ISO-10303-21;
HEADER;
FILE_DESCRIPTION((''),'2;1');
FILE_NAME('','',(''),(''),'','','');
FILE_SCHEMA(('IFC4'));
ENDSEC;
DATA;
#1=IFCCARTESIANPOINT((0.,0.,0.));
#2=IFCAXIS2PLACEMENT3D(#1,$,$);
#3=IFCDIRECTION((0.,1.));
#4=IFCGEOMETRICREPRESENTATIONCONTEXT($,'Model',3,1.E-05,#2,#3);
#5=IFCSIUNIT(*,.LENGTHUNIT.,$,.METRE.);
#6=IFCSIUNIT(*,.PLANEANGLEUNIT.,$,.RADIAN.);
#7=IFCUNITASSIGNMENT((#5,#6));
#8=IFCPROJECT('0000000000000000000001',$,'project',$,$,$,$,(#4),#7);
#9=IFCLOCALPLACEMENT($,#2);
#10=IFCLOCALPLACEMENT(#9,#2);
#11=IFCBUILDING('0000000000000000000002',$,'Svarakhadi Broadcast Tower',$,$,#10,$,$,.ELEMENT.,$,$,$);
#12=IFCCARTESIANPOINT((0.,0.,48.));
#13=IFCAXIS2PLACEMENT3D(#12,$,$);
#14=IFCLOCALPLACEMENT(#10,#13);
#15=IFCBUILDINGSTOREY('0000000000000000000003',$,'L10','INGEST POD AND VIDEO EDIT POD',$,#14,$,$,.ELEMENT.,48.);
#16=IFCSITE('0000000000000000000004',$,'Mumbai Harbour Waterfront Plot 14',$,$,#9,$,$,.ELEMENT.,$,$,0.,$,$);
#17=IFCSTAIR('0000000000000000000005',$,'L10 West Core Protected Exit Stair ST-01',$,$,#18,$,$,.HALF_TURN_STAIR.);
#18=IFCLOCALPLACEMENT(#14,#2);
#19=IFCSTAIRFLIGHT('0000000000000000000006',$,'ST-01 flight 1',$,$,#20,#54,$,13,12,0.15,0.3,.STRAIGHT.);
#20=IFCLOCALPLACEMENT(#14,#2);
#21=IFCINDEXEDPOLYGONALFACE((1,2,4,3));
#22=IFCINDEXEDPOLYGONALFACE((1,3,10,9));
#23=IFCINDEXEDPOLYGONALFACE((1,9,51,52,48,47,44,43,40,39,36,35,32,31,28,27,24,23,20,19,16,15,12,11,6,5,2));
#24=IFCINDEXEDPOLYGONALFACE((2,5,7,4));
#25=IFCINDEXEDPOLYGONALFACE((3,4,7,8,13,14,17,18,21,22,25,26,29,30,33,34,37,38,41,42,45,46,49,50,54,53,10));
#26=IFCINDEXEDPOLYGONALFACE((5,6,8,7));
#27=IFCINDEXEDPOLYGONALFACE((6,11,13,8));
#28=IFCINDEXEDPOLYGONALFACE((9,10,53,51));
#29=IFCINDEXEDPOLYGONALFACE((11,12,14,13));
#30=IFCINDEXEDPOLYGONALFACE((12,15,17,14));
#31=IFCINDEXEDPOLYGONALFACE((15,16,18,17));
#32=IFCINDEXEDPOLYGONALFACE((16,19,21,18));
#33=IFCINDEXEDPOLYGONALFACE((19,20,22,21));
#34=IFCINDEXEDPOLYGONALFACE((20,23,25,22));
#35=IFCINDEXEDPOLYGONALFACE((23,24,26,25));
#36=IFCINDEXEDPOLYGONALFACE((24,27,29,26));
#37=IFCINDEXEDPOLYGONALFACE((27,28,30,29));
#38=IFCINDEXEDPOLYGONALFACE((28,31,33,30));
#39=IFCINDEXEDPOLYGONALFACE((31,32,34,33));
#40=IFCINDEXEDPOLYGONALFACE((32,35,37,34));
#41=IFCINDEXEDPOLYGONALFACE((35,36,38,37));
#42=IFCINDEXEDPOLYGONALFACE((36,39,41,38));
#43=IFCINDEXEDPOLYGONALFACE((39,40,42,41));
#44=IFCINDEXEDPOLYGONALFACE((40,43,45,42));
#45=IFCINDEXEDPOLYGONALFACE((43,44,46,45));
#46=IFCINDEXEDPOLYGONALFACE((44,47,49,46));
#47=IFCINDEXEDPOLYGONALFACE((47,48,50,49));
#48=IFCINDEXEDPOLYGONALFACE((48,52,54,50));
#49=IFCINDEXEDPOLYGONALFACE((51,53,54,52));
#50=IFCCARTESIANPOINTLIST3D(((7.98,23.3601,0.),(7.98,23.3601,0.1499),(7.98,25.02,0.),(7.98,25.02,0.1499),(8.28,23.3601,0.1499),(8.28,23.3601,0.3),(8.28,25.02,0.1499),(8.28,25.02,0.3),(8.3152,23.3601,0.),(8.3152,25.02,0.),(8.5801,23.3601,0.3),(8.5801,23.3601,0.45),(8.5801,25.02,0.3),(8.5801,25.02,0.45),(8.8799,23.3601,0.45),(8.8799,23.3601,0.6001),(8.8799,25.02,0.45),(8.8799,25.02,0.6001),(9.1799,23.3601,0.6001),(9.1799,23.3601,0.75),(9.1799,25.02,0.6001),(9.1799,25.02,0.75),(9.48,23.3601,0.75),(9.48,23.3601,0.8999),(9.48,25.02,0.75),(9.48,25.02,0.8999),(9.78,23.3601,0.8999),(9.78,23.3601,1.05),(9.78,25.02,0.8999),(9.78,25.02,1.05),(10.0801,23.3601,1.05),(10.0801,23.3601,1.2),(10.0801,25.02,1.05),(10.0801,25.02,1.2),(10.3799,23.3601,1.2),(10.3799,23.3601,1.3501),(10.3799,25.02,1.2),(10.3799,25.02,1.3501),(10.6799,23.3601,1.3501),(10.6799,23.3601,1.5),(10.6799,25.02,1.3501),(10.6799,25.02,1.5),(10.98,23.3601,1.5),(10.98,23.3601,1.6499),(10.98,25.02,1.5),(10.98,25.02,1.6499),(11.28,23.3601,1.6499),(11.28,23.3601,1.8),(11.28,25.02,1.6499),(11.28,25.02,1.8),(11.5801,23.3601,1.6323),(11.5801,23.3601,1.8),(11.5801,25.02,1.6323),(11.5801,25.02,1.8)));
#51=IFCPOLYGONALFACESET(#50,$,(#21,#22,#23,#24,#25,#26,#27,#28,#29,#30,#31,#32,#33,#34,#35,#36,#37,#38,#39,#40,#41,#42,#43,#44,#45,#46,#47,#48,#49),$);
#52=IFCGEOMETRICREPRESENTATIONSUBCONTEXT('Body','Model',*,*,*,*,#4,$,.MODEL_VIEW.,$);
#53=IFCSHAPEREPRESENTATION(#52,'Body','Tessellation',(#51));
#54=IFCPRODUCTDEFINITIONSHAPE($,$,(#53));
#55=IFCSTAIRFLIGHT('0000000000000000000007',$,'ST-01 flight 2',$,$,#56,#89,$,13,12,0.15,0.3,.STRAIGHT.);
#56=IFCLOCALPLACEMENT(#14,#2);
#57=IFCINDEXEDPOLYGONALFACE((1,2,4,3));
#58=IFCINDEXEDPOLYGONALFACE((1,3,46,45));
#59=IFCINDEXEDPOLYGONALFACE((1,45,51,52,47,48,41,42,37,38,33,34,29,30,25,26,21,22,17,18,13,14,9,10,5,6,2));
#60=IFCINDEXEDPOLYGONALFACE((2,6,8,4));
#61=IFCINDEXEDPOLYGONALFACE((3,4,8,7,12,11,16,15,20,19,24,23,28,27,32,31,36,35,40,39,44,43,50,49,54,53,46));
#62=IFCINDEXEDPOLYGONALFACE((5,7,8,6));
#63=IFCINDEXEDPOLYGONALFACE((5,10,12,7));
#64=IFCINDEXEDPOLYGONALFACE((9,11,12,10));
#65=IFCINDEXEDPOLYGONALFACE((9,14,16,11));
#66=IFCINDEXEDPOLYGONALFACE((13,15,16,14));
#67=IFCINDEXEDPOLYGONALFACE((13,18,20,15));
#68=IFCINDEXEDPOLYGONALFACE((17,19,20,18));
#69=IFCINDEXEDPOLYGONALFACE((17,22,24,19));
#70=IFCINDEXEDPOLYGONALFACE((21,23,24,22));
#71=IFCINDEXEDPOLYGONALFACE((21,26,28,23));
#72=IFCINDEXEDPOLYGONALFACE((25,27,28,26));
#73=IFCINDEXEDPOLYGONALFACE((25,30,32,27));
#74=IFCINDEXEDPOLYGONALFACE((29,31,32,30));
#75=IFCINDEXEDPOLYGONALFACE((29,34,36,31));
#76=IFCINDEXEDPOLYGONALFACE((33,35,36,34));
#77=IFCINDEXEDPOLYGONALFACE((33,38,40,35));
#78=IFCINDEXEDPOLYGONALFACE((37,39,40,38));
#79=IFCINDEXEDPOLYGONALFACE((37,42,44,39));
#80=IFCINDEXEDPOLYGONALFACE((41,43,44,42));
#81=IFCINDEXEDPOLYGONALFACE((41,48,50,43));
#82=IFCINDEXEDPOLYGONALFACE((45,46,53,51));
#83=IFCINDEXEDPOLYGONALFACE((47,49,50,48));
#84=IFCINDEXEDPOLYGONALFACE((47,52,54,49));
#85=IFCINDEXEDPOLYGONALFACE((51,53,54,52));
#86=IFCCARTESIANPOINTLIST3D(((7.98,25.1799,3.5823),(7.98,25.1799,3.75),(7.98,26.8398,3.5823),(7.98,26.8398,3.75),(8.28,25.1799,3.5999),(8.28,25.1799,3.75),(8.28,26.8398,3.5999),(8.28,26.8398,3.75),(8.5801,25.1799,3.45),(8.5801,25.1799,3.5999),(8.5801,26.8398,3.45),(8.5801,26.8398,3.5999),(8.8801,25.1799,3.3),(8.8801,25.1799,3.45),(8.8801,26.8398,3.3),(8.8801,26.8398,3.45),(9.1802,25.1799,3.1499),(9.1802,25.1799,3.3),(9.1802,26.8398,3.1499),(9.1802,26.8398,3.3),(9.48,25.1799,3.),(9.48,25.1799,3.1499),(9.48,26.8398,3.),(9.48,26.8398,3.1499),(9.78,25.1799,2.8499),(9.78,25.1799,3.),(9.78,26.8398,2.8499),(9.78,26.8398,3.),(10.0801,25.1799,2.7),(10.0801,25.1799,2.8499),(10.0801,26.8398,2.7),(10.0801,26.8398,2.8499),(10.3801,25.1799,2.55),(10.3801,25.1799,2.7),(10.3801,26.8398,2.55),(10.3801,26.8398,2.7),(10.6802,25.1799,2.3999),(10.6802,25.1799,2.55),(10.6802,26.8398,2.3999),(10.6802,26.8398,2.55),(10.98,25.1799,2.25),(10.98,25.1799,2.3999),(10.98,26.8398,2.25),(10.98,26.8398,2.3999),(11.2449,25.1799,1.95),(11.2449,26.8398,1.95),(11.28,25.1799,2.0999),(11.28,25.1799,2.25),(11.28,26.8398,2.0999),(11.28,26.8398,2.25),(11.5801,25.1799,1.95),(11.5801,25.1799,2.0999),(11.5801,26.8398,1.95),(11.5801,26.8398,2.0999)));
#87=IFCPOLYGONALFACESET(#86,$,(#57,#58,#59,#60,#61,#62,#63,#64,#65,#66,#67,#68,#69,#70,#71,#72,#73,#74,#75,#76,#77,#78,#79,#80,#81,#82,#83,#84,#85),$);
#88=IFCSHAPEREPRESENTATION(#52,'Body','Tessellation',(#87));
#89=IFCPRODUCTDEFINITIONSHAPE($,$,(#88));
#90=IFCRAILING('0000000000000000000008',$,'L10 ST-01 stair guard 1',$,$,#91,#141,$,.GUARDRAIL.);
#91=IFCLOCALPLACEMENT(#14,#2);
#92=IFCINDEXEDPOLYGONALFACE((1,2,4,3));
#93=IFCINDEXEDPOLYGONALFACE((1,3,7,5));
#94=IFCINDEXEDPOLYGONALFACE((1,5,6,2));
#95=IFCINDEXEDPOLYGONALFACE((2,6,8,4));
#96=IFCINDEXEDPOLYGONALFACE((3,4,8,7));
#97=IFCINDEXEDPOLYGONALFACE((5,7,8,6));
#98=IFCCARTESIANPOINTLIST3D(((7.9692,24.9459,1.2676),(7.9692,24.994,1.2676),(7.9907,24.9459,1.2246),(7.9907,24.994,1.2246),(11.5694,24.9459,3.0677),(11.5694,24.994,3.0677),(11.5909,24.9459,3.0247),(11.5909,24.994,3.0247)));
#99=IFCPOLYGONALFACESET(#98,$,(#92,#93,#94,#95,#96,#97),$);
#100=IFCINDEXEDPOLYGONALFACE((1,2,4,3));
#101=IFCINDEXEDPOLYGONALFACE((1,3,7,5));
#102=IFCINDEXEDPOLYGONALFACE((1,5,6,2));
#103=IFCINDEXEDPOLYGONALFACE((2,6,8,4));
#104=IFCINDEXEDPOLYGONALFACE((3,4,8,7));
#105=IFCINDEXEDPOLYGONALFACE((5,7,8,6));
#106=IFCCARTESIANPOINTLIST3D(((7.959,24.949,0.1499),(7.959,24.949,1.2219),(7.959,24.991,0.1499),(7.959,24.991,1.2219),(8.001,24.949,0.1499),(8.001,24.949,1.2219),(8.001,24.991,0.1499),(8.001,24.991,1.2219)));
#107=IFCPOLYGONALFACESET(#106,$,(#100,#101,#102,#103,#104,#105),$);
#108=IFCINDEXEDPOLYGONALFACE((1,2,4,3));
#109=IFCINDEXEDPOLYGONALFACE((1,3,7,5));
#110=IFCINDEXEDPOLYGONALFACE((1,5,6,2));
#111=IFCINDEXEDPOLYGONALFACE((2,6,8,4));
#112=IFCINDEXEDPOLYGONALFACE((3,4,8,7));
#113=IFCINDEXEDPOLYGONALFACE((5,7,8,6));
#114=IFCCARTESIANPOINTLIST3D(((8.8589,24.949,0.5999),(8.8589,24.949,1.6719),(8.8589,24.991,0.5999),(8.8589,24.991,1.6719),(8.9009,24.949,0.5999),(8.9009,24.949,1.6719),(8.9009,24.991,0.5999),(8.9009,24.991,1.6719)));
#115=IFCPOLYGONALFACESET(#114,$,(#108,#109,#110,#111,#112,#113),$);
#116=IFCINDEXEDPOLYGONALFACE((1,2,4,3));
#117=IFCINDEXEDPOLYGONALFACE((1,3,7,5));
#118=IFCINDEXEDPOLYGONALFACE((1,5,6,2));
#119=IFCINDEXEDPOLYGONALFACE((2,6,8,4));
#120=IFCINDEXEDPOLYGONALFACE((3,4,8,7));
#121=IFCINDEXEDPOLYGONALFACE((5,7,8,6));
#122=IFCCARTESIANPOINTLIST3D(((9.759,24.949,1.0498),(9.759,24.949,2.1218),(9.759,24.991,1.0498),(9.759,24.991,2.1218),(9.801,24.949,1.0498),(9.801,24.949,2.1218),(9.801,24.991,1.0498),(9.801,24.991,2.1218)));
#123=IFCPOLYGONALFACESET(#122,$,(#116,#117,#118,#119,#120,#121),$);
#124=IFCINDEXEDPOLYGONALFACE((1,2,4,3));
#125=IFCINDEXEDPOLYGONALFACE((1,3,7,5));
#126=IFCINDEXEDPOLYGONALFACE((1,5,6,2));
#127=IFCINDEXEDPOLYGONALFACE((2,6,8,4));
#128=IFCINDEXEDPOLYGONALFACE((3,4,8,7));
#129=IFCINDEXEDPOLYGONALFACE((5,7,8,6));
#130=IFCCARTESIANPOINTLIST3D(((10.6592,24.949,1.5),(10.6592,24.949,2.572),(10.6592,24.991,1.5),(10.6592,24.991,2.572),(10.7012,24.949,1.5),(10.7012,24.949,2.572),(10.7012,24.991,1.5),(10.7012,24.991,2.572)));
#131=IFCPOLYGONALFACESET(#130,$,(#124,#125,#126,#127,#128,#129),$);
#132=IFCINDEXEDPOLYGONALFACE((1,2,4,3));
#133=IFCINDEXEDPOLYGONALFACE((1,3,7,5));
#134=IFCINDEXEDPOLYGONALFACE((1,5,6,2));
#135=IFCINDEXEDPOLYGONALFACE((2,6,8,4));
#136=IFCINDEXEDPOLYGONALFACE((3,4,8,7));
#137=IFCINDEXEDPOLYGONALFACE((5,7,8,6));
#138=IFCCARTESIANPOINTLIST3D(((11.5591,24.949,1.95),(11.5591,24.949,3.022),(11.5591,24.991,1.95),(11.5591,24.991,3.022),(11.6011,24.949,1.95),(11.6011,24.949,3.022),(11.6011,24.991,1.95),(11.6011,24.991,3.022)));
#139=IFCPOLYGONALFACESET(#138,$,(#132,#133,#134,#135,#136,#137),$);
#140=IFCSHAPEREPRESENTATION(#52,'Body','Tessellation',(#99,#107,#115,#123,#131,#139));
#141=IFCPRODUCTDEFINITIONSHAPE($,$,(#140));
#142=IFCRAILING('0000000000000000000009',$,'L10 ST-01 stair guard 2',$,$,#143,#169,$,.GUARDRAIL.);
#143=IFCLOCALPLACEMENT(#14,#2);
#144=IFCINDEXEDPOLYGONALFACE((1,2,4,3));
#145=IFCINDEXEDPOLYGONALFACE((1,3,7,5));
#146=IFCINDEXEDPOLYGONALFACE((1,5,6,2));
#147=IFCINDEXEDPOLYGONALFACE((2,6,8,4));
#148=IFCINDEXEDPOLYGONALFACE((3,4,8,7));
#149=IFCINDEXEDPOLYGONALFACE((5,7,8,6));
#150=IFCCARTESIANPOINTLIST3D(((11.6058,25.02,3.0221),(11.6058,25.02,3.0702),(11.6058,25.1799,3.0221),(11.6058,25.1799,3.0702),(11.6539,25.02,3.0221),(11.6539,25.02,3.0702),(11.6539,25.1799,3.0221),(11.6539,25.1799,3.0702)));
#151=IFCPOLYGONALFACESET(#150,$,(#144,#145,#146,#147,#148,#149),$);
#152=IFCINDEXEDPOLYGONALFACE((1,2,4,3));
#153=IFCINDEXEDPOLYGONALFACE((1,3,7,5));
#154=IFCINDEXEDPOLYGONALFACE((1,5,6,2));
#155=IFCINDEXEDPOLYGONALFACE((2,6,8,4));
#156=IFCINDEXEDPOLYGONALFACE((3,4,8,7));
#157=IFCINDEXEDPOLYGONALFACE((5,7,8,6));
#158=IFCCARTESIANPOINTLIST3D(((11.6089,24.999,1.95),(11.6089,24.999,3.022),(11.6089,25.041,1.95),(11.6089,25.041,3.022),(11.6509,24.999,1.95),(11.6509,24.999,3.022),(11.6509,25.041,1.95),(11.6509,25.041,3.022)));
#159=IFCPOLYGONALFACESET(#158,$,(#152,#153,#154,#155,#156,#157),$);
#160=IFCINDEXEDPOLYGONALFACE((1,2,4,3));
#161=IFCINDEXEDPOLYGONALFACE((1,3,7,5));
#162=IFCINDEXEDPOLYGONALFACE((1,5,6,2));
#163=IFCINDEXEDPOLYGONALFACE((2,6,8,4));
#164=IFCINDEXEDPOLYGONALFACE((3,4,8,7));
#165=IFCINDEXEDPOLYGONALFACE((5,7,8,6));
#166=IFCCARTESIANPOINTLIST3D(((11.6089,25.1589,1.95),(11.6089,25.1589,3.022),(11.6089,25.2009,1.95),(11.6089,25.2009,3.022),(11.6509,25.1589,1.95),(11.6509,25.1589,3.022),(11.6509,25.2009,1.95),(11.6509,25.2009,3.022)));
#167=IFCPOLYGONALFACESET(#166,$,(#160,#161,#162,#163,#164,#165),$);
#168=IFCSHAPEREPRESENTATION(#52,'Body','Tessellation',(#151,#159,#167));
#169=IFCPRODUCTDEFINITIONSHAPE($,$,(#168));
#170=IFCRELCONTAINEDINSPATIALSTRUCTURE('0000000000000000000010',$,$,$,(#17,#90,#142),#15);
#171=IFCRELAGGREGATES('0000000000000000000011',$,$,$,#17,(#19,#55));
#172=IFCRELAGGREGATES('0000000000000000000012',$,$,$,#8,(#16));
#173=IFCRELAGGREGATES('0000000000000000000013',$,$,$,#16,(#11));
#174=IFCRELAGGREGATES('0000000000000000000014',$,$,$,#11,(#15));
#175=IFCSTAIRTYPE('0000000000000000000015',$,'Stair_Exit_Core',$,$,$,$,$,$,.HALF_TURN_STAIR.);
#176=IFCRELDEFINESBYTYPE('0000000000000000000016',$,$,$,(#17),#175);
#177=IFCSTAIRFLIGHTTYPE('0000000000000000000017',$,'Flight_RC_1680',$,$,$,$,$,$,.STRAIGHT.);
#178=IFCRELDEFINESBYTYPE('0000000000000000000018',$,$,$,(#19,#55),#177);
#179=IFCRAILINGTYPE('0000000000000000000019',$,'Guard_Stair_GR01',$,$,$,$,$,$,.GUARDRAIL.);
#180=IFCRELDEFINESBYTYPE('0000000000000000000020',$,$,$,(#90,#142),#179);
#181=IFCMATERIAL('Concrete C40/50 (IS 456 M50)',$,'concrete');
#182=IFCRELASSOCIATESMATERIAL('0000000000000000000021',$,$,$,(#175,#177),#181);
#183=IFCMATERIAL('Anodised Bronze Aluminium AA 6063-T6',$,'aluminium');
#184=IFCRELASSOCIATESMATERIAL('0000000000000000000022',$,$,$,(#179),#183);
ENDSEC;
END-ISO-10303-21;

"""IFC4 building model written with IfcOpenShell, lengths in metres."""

from ifc_helpers import new_model, si_unit, direction, frame, origin, origin_2d, place, context, subcontext, project, spatial, polyline, rectangle, outline, extrude, material, type_object, element, aggregate, save


model = new_model("IFC4")

# Units and contexts
model_context = context("Model", 3, precision=1e-05, world=origin(), true_north=direction((0.0, 1.0)))
body_context = subcontext(model_context, "Body", "Model", "MODEL_VIEW")
ifc_project = project(units=[si_unit("LENGTHUNIT", "METRE"), si_unit("PLANEANGLEUNIT", "RADIAN")], contexts=[model_context])

# Site, building, storey
site_placement = place(None, origin())
site = spatial("IfcSite", under=ifc_project, at=site_placement, Name="Mumbai Harbour Waterfront Plot 14", CompositionType="ELEMENT", RefElevation=0.0)
building_placement = place(site_placement, origin())
building = spatial("IfcBuilding", under=site, at=building_placement, Name="Svarakhadi Broadcast Tower", CompositionType="ELEMENT")
storey_placement = place(building_placement, frame((0.0, 0.0, 48.0)))
storey = spatial("IfcBuildingStorey", under=building, at=storey_placement, Name="L10", Description="INGEST POD AND VIDEO EDIT POD", CompositionType="ELEMENT", Elevation=48.0)

# Shared definitions
ifc_material_1 = material(Name="Concrete C40/50 (IS 456 M50)", Category="concrete")

# Stair, stair flights
stair_type = type_object("IfcStairType", Name="Stair_Exit_Core", PredefinedType="HALF_TURN_STAIR", material=ifc_material_1)
stair_placement = place(storey_placement, origin())
stair = element("IfcStair", 1, at=stair_placement, inside=storey, type_object=stair_type, Name="L10 West Core Protected Exit Stair ST-01", PredefinedType="HALF_TURN_STAIR")
stair_flight_type = type_object("IfcStairFlightType", Name="Flight_RC_1680", PredefinedType="STRAIGHT", material=ifc_material_1)
stair_flight_1_placement = place(storey_placement, frame((7.98, 24.1899, 0.0), z_axis=(0.0, 0.0, 1.0), x_axis=(1.0, 0.0, 0.0)))
stair_flight_1 = element("IfcStairFlight", 2, at=stair_flight_1_placement, type_object=stair_flight_type, Name="ST-01 flight 1", NumberOfRisers=13, NumberOfTreads=12, PredefinedType="STRAIGHT", RiserHeight=0.15, TreadLength=0.3, context=body_context, shape_type="SweptSolid", body=[
    extrude(outline(polyline([(0.0, 0.0), (0.0, 0.1499), (0.3, 0.1499), (0.3, 0.3), (0.6001, 0.3), (0.6001, 0.45), (0.8999, 0.45), (0.8999, 0.6001), (1.2, 0.6001), (1.2, 0.75), (1.5, 0.75), (1.5, 0.8999), (1.8, 0.8999), (1.8, 1.05), (2.1001, 1.05), (2.1001, 1.2), (2.3999, 1.2), (2.3999, 1.3501), (2.7, 1.3501), (2.7, 1.5), (3.0, 1.5), (3.0, 1.6499), (3.3, 1.6499), (3.3, 1.8), (3.6001, 1.8), (3.6001, 1.95), (3.6001, 1.6323), (0.3352, 0.0), (0.0, 0.0)])), frame((0.0, 0.8301, 0.0), z_axis=(0.0, -1.0, 0.0), x_axis=(1.0, 0.0, 0.0)), (0.0, 0.0, 1.0), 1.6599),
])
stair_flight_2_placement = place(storey_placement, frame((11.5801, 26.01, 1.95), z_axis=(0.0, 0.0, 1.0), x_axis=(-1.0, 0.0, 0.0)))
stair_flight_2 = element("IfcStairFlight", 3, at=stair_flight_2_placement, type_object=stair_flight_type, Name="ST-01 flight 2", NumberOfRisers=13, NumberOfTreads=12, PredefinedType="STRAIGHT", RiserHeight=0.15, TreadLength=0.3, context=body_context, shape_type="SweptSolid", body=[
    extrude(outline(polyline([(0.0, 0.0), (0.0, 0.1499), (0.3, 0.1499), (0.3, 0.3), (0.6001, 0.3), (0.6001, 0.45), (0.8999, 0.45), (0.8999, 0.6001), (1.2, 0.6001), (1.2, 0.75), (1.5, 0.75), (1.5, 0.8999), (1.8, 0.8999), (1.8, 1.05), (2.1001, 1.05), (2.1001, 1.2), (2.3999, 1.2), (2.3999, 1.3501), (2.7, 1.3501), (2.7, 1.5), (3.0, 1.5), (3.0, 1.6499), (3.3, 1.6499), (3.3, 1.8), (3.6001, 1.8), (3.6001, 1.95), (3.6001, 1.6323), (0.3352, 0.0), (0.0, 0.0)])), frame((0.0, 0.8301, 0.0), z_axis=(0.0, -1.0, 0.0), x_axis=(1.0, 0.0, 0.0)), (0.0, 0.0, 1.0), 1.6599),
])
aggregate(stair, [stair_flight_1, stair_flight_2])

# Railings
ifc_material_2 = material(Name="Anodised Bronze Aluminium AA 6063-T6", Category="aluminium")
railing_type_1 = type_object("IfcRailingType", Name="Guard_Stair_GR01", PredefinedType="GUARDRAIL", material=ifc_material_2)
railing_1_placement = place(storey_placement, frame((7.98, 24.97, 0.1499)))
element("IfcRailing", 4, at=railing_1_placement, inside=storey, type_object=railing_type_1, Name="L10 ST-01 stair guard 1", PredefinedType="GUARDRAIL", context=body_context, shape_type="SweptSolid", body=[
    extrude(rectangle(XDim=0.0481, YDim=0.0481, at=origin_2d()), frame((0.0, 0.0, 1.0962), z_axis=(0.894427, 0.0, 0.447214), x_axis=(0.0, 1.0, 0.0)), (0.0, 0.0, 1.0), 4.0251),
    extrude(rectangle(XDim=0.042, YDim=0.042, at=origin_2d()), origin(), (0.0, 0.0, 1.0), 1.072),
    extrude(rectangle(XDim=0.042, YDim=0.042, at=origin_2d()), frame((0.8999, 0.0, 0.45)), (0.0, 0.0, 1.0), 1.072),
    extrude(rectangle(XDim=0.042, YDim=0.042, at=origin_2d()), frame((1.8, 0.0, 0.8999)), (0.0, 0.0, 1.0), 1.072),
    extrude(rectangle(XDim=0.042, YDim=0.042, at=origin_2d()), frame((2.7002, 0.0, 1.3501)), (0.0, 0.0, 1.0), 1.072),
    extrude(rectangle(XDim=0.042, YDim=0.042, at=origin_2d()), frame((3.6001, 0.0, 1.8)), (0.0, 0.0, 1.0), 1.072),
])
railing_2_placement = place(storey_placement, frame((11.6299, 25.02, 1.95)))
element("IfcRailing", 5, at=railing_2_placement, inside=storey, type_object=railing_type_1, Name="L10 ST-01 stair guard 2", PredefinedType="GUARDRAIL", context=body_context, shape_type="SweptSolid", body=[
    extrude(rectangle(XDim=0.0481, YDim=0.0481, at=origin_2d()), frame((0.0, 0.0, 1.0962), z_axis=(0.0, 1.0, 0.0), x_axis=(-1.0, 0.0, 0.0)), (0.0, 0.0, 1.0), 0.1599),
    extrude(rectangle(XDim=0.042, YDim=0.042, at=origin_2d()), origin(), (0.0, 0.0, 1.0), 1.072),
    extrude(rectangle(XDim=0.042, YDim=0.042, at=origin_2d()), frame((0.0, 0.1599, 0.0)), (0.0, 0.0, 1.0), 1.072),
])

save(model, "model.ifc")
